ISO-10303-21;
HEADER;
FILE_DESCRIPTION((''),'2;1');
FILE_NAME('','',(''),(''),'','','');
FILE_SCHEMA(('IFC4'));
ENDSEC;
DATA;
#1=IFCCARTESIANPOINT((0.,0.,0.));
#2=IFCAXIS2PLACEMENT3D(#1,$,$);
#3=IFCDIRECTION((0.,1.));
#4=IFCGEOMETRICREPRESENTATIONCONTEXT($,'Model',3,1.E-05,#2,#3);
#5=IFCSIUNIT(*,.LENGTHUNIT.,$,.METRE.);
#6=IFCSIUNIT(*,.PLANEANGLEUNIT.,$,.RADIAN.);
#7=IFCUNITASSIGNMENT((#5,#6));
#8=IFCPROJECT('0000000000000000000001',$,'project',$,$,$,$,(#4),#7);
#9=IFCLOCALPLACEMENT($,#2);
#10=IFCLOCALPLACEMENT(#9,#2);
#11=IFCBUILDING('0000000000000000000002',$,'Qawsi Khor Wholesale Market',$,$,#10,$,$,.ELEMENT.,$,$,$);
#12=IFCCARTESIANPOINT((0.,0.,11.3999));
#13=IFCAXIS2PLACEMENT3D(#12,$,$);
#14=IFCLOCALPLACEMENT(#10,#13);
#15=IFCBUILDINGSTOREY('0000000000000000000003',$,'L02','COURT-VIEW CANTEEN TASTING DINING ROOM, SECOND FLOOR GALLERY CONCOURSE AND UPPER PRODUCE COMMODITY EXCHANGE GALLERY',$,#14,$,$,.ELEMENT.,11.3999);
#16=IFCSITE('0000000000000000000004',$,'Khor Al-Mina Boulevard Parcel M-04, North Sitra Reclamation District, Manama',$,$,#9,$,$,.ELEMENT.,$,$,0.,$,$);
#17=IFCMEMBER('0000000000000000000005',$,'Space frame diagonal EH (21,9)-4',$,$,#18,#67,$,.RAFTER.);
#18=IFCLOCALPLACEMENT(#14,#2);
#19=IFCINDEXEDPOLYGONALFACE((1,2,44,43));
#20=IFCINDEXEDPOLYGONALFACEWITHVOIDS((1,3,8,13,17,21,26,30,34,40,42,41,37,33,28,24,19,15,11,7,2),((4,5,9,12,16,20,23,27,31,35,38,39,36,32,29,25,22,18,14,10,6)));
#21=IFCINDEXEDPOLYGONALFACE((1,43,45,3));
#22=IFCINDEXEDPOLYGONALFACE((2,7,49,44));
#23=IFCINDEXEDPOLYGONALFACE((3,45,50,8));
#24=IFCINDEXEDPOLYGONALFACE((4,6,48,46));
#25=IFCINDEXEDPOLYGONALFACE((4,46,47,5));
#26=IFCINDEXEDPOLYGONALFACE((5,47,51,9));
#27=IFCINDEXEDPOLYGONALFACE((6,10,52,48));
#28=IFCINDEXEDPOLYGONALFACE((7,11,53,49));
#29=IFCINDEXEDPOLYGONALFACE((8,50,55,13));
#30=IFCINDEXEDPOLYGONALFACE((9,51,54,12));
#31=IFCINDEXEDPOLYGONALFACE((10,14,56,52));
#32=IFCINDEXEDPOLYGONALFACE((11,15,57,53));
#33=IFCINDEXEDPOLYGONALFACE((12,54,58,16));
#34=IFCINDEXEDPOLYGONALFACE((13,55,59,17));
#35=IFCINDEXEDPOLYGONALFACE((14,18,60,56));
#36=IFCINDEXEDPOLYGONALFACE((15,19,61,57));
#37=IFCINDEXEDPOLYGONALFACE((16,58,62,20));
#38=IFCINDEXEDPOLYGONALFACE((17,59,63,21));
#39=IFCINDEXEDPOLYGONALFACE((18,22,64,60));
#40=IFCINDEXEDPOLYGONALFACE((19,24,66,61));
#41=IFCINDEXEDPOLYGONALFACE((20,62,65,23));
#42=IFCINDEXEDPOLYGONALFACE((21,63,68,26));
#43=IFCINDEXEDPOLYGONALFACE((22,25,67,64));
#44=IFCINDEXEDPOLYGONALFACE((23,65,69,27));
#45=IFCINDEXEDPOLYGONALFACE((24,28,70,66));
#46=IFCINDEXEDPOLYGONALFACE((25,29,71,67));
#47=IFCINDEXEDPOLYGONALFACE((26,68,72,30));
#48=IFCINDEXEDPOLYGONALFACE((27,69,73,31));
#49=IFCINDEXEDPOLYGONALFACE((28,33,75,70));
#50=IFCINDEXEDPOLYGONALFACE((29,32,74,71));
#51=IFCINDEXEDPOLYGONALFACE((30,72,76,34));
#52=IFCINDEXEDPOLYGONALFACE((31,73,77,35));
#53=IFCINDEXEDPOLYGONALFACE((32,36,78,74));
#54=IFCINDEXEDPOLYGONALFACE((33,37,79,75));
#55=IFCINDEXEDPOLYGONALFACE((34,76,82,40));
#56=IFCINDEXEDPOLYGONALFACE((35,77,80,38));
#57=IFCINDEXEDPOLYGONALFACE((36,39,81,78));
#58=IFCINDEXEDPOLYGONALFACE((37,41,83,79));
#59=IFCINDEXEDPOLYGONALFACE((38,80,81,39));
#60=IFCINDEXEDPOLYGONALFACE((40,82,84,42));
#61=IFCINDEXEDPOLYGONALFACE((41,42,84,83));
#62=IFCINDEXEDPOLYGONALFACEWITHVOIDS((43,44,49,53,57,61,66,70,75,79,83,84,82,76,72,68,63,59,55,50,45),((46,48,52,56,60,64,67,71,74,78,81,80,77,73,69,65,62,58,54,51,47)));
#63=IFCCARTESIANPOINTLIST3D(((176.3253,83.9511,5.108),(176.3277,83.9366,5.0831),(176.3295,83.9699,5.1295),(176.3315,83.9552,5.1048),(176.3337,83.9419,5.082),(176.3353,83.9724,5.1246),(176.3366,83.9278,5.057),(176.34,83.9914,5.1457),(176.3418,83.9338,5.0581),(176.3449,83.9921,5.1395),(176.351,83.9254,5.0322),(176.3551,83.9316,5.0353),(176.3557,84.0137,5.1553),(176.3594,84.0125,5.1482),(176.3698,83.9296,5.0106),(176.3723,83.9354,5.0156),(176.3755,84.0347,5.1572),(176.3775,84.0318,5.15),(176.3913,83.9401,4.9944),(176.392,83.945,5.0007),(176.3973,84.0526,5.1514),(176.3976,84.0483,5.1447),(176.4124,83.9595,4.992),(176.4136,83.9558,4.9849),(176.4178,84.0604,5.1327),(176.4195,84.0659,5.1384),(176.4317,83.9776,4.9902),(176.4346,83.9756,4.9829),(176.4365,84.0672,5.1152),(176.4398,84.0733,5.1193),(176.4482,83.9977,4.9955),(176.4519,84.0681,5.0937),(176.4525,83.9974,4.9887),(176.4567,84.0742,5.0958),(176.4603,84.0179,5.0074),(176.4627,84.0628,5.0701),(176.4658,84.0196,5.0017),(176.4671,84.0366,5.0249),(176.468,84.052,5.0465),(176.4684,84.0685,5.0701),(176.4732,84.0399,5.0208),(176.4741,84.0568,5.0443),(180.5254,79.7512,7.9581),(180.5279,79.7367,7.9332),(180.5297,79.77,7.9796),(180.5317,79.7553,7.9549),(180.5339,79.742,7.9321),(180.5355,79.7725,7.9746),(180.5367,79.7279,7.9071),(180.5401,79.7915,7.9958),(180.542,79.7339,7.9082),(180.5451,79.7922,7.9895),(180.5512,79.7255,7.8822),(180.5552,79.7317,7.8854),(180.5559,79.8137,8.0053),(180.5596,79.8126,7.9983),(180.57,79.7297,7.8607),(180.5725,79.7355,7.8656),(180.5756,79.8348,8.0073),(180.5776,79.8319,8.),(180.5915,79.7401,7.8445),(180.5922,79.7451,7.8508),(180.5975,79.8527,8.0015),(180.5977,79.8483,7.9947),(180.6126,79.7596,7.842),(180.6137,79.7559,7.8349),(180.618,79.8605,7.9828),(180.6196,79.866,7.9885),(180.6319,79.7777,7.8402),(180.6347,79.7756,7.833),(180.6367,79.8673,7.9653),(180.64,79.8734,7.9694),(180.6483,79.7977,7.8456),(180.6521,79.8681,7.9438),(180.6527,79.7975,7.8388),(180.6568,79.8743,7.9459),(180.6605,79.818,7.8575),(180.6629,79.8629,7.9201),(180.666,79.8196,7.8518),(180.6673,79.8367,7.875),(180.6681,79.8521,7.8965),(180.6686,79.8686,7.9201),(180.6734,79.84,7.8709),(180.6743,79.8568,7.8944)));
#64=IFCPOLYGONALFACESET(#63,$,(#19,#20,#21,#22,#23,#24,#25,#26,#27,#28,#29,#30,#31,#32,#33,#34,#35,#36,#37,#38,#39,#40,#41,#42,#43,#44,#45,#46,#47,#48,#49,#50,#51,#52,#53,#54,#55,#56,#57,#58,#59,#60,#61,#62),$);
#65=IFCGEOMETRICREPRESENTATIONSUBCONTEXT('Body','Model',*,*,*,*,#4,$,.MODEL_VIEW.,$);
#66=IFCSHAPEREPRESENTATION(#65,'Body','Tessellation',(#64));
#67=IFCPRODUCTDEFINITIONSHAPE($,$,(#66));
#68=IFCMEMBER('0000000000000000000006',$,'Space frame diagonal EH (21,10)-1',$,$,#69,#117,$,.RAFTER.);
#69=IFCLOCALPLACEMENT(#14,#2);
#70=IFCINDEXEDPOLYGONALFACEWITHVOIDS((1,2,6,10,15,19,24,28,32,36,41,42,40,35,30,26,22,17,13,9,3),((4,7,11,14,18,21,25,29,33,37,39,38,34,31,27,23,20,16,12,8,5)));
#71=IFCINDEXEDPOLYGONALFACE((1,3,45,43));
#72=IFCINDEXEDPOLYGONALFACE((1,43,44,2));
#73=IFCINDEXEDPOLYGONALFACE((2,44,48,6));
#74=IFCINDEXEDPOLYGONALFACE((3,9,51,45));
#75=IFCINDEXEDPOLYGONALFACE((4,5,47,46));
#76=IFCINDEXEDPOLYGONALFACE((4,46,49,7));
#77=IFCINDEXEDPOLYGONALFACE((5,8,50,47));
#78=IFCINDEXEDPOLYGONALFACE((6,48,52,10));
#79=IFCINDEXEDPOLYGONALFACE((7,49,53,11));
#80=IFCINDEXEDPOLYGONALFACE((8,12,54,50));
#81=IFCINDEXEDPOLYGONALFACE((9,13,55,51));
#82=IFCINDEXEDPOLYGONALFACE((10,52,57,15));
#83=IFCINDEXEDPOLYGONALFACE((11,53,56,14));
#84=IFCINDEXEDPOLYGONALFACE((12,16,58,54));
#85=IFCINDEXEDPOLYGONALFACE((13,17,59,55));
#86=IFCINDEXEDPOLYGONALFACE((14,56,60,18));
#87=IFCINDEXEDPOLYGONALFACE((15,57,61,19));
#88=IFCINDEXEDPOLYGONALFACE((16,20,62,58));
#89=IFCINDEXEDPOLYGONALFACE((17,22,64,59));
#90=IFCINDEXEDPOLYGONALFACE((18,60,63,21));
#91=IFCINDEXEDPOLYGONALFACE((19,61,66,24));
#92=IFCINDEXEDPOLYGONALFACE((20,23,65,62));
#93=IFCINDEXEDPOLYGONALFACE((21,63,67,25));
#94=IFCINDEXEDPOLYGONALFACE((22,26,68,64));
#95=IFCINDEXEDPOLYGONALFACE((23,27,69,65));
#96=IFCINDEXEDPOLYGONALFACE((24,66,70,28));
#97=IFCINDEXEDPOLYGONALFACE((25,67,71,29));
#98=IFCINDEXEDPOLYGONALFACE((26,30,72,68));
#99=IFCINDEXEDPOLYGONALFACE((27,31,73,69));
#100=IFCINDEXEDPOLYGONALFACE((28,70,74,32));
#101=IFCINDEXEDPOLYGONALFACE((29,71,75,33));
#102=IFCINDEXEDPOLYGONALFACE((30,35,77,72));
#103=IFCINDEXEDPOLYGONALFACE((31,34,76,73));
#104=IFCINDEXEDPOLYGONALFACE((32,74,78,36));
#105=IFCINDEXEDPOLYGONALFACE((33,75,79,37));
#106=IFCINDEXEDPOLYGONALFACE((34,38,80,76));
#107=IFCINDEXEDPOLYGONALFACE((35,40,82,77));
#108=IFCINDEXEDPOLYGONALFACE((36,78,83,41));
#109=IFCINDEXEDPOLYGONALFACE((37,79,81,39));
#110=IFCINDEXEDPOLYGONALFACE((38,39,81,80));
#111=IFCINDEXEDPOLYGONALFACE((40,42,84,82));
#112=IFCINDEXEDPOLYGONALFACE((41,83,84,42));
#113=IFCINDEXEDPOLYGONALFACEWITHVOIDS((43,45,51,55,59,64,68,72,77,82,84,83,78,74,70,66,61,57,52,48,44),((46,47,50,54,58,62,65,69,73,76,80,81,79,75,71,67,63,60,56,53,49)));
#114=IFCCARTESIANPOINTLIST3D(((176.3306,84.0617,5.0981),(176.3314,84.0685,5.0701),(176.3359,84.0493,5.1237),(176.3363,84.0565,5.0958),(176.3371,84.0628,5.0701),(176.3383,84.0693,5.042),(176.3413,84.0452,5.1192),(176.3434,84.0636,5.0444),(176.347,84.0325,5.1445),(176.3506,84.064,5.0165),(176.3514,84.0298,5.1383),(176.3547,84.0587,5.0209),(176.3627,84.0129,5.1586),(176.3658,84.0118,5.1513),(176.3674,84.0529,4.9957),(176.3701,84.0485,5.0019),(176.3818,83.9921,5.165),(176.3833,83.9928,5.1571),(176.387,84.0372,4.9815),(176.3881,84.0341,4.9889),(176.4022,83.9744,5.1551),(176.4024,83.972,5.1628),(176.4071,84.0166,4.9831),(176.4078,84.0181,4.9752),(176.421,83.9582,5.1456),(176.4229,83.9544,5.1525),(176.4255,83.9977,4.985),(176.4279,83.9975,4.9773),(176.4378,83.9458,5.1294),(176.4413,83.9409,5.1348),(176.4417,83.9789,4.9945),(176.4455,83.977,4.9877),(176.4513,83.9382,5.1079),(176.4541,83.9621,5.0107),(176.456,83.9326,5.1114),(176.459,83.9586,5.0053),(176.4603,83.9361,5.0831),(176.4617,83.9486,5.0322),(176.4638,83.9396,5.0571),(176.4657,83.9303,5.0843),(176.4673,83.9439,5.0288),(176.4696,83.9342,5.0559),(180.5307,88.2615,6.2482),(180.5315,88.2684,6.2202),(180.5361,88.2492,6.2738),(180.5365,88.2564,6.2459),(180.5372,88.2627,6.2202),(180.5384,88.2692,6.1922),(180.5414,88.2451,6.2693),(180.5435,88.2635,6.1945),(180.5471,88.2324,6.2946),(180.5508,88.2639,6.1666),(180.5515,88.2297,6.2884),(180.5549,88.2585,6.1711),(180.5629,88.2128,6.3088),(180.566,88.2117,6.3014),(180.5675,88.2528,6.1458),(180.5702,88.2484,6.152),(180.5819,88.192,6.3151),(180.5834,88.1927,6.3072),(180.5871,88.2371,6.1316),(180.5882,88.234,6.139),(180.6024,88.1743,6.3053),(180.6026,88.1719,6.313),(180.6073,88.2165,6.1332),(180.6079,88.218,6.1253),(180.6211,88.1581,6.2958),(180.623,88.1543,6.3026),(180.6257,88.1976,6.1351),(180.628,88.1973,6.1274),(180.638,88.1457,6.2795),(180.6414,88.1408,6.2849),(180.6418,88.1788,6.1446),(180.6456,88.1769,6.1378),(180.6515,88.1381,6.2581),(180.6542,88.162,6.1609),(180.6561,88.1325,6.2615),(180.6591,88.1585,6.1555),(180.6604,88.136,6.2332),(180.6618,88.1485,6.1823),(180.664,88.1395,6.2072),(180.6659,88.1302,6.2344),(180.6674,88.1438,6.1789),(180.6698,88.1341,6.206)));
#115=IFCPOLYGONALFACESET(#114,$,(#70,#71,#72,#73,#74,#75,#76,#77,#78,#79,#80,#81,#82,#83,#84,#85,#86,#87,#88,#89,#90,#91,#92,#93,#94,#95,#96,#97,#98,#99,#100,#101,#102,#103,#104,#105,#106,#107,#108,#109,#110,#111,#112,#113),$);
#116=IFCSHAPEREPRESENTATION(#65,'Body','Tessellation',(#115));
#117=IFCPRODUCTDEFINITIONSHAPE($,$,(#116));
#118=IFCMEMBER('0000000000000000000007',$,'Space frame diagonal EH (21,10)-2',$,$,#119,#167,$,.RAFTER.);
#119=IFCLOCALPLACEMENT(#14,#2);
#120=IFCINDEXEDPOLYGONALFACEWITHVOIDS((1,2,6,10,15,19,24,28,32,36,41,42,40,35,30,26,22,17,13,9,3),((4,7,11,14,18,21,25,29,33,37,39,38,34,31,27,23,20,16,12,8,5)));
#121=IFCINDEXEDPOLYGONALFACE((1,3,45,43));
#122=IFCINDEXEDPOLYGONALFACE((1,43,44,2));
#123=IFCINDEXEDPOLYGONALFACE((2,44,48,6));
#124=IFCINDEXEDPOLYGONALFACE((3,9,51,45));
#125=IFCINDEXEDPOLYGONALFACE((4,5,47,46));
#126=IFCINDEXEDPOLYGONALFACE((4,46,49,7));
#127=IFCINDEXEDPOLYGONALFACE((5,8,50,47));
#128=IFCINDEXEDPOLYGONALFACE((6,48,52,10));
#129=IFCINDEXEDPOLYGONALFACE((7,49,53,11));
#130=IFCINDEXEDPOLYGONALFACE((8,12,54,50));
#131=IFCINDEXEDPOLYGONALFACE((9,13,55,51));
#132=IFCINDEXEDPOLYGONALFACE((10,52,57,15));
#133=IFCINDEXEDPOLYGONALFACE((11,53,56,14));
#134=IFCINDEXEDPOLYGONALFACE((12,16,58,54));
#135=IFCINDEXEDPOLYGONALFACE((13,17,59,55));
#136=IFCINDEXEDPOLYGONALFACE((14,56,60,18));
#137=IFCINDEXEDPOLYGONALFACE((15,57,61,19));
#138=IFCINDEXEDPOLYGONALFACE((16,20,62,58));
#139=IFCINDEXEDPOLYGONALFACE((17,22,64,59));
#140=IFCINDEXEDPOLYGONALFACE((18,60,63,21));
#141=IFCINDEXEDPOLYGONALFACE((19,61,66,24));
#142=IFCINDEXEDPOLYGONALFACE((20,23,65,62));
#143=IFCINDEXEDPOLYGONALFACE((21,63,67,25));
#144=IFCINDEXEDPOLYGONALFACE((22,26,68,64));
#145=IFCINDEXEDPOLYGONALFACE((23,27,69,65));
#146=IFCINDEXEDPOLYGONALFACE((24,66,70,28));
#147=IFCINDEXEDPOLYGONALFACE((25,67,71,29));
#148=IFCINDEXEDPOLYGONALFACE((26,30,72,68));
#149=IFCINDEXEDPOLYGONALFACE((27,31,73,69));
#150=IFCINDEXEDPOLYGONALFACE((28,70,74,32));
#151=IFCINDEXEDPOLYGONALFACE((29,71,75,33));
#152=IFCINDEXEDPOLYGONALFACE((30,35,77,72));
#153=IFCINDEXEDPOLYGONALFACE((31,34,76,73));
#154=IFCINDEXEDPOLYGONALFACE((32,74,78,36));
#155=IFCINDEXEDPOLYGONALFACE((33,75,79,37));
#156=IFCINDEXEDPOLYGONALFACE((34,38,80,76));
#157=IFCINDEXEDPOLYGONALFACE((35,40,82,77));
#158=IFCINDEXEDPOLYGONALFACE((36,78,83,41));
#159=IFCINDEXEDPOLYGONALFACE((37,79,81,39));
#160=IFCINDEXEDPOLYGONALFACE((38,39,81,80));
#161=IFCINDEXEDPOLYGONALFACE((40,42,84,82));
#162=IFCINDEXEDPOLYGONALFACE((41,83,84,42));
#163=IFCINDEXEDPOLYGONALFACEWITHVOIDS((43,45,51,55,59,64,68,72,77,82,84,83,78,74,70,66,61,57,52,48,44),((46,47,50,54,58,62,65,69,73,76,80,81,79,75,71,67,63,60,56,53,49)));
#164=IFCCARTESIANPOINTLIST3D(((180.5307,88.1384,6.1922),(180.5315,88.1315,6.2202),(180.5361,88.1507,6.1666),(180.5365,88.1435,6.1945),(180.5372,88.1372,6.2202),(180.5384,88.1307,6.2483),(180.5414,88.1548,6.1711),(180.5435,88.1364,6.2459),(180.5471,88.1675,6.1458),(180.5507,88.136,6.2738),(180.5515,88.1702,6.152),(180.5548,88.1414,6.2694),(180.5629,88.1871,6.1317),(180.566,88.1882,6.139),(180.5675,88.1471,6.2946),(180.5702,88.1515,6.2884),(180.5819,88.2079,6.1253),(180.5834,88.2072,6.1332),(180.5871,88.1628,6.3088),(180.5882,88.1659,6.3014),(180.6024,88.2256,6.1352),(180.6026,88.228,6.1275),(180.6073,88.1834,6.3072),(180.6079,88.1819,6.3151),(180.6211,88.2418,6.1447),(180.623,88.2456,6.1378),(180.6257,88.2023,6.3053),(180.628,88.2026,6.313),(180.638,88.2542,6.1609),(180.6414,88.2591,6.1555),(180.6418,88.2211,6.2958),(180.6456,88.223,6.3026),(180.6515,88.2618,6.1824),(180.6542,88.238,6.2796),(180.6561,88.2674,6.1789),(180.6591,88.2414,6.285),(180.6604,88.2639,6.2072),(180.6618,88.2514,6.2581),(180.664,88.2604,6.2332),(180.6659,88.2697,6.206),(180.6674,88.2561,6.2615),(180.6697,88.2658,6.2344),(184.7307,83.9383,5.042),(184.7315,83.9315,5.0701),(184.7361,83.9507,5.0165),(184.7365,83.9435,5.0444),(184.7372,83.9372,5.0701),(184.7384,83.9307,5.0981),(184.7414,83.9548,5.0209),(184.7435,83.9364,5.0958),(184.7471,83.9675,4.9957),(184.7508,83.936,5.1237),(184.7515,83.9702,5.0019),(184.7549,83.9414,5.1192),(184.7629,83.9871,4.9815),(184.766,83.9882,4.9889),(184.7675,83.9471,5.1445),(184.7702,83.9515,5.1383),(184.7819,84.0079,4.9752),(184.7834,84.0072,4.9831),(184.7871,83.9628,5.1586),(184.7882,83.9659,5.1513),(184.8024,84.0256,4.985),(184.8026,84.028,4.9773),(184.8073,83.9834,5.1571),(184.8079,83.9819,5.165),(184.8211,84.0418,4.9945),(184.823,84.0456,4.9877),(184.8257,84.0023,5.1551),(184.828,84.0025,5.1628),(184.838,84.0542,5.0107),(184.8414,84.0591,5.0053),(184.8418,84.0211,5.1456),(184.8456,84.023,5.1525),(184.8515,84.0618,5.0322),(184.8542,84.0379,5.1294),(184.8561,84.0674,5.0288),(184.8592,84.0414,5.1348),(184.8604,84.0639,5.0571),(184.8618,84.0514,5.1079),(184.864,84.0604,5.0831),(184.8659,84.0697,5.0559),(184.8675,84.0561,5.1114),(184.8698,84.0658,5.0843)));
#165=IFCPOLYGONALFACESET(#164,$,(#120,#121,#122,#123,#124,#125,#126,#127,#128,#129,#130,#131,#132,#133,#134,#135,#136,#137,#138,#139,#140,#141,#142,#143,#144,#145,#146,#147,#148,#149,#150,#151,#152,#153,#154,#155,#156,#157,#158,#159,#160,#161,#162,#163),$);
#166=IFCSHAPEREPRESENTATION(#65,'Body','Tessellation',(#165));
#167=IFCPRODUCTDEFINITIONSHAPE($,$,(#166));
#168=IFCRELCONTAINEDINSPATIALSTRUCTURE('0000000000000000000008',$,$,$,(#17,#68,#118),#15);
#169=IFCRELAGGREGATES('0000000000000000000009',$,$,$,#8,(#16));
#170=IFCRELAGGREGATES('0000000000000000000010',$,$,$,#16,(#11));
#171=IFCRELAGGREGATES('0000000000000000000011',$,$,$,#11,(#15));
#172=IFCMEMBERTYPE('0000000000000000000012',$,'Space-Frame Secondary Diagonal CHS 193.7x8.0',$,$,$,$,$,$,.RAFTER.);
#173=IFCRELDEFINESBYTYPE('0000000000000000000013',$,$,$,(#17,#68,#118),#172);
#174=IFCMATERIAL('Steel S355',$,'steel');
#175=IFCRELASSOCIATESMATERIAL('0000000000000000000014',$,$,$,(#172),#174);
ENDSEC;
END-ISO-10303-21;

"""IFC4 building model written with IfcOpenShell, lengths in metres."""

from ifc_helpers import new_model, si_unit, direction, frame, origin, origin_2d, place, context, subcontext, project, spatial, hollow_circle, extrude, material, material_profile, profile_set, type_object, element, save


model = new_model("IFC4")

# Units and contexts
model_context = context("Model", 3, precision=1e-05, world=origin(), true_north=direction((0.0, 1.0)))
body_context = subcontext(model_context, "Body", "Model", "MODEL_VIEW")
ifc_project = project(units=[si_unit("LENGTHUNIT", "METRE"), si_unit("PLANEANGLEUNIT", "RADIAN")], contexts=[model_context])

# Site, building, storey
site_placement = place(None, origin())
site = spatial("IfcSite", under=ifc_project, at=site_placement, Name="Khor Al-Mina Boulevard Parcel M-04, North Sitra Reclamation District, Manama", CompositionType="ELEMENT", RefElevation=0.0)
building_placement = place(site_placement, origin())
building = spatial("IfcBuilding", under=site, at=building_placement, Name="Qawsi Khor Wholesale Market", CompositionType="ELEMENT")
storey_placement = place(building_placement, frame((0.0, 0.0, 11.3999)))
storey = spatial("IfcBuildingStorey", under=building, at=storey_placement, Name="L02", Description="COURT-VIEW CANTEEN TASTING DINING ROOM, SECOND FLOOR GALLERY CONCOURSE AND UPPER PRODUCE COMMODITY EXCHANGE GALLERY", CompositionType="ELEMENT", Elevation=11.3999)

# Members
ifc_material_1 = material(Name="Steel S355", Category="steel")
ifc_material_profile_1 = material_profile(ifc_material_1, hollow_circle(Radius=0.0969, WallThickness=0.0081, at=origin_2d()), Name="CHS 193.7x8.0")
ifc_profile_set_1 = profile_set([ifc_material_profile_1], Name="Steel S355")
member_type_1 = type_object("IfcMemberType", Name="Space-Frame Secondary Diagonal CHS 193.7x8.0", PredefinedType="RAFTER", material=ifc_profile_set_1)
for number, where, z_axis, x_axis, name in (
    (1, (176.3999, 84.0, 5.0701), (0.637534, -0.637497, 0.432607), (0.707086, 0.707127, 0.0), "Space frame diagonal EH (21,9)-4"),
):
    element("IfcMember", number, at=place(storey_placement, frame(where, z_axis=z_axis, x_axis=x_axis)), inside=storey, type_object=member_type_1, Name=name, PredefinedType="RAFTER", context=body_context, shape_type="SweptSolid", body=[
        extrude(hollow_circle(Radius=0.0969, WallThickness=0.0081, at=origin_2d()), origin(), (0.0, 0.0, 1.0), 6.5881),
    ])
for number, where, z_axis, x_axis, name in (
    (2, (176.3999, 84.0, 5.0701), (0.694232, 0.694192, 0.190103), (-0.707086, 0.707127, 0.0), "Space frame diagonal EH (21,10)-1"),
    (3, (184.8, 84.0, 5.0701), (-0.694211, 0.694211, 0.190108), (-0.707107, -0.707107, 0.0), "Space frame diagonal EH (21,10)-2"),
):
    element("IfcMember", number, at=place(storey_placement, frame(where, z_axis=z_axis, x_axis=x_axis)), inside=storey, type_object=member_type_1, Name=name, PredefinedType="RAFTER", context=body_context, shape_type="SweptSolid", body=[
        extrude(hollow_circle(Radius=0.0969, WallThickness=0.0081, at=origin_2d()), origin(), (0.0, 0.0, 1.0), 6.05),
    ])

save(model, "model.ifc")
